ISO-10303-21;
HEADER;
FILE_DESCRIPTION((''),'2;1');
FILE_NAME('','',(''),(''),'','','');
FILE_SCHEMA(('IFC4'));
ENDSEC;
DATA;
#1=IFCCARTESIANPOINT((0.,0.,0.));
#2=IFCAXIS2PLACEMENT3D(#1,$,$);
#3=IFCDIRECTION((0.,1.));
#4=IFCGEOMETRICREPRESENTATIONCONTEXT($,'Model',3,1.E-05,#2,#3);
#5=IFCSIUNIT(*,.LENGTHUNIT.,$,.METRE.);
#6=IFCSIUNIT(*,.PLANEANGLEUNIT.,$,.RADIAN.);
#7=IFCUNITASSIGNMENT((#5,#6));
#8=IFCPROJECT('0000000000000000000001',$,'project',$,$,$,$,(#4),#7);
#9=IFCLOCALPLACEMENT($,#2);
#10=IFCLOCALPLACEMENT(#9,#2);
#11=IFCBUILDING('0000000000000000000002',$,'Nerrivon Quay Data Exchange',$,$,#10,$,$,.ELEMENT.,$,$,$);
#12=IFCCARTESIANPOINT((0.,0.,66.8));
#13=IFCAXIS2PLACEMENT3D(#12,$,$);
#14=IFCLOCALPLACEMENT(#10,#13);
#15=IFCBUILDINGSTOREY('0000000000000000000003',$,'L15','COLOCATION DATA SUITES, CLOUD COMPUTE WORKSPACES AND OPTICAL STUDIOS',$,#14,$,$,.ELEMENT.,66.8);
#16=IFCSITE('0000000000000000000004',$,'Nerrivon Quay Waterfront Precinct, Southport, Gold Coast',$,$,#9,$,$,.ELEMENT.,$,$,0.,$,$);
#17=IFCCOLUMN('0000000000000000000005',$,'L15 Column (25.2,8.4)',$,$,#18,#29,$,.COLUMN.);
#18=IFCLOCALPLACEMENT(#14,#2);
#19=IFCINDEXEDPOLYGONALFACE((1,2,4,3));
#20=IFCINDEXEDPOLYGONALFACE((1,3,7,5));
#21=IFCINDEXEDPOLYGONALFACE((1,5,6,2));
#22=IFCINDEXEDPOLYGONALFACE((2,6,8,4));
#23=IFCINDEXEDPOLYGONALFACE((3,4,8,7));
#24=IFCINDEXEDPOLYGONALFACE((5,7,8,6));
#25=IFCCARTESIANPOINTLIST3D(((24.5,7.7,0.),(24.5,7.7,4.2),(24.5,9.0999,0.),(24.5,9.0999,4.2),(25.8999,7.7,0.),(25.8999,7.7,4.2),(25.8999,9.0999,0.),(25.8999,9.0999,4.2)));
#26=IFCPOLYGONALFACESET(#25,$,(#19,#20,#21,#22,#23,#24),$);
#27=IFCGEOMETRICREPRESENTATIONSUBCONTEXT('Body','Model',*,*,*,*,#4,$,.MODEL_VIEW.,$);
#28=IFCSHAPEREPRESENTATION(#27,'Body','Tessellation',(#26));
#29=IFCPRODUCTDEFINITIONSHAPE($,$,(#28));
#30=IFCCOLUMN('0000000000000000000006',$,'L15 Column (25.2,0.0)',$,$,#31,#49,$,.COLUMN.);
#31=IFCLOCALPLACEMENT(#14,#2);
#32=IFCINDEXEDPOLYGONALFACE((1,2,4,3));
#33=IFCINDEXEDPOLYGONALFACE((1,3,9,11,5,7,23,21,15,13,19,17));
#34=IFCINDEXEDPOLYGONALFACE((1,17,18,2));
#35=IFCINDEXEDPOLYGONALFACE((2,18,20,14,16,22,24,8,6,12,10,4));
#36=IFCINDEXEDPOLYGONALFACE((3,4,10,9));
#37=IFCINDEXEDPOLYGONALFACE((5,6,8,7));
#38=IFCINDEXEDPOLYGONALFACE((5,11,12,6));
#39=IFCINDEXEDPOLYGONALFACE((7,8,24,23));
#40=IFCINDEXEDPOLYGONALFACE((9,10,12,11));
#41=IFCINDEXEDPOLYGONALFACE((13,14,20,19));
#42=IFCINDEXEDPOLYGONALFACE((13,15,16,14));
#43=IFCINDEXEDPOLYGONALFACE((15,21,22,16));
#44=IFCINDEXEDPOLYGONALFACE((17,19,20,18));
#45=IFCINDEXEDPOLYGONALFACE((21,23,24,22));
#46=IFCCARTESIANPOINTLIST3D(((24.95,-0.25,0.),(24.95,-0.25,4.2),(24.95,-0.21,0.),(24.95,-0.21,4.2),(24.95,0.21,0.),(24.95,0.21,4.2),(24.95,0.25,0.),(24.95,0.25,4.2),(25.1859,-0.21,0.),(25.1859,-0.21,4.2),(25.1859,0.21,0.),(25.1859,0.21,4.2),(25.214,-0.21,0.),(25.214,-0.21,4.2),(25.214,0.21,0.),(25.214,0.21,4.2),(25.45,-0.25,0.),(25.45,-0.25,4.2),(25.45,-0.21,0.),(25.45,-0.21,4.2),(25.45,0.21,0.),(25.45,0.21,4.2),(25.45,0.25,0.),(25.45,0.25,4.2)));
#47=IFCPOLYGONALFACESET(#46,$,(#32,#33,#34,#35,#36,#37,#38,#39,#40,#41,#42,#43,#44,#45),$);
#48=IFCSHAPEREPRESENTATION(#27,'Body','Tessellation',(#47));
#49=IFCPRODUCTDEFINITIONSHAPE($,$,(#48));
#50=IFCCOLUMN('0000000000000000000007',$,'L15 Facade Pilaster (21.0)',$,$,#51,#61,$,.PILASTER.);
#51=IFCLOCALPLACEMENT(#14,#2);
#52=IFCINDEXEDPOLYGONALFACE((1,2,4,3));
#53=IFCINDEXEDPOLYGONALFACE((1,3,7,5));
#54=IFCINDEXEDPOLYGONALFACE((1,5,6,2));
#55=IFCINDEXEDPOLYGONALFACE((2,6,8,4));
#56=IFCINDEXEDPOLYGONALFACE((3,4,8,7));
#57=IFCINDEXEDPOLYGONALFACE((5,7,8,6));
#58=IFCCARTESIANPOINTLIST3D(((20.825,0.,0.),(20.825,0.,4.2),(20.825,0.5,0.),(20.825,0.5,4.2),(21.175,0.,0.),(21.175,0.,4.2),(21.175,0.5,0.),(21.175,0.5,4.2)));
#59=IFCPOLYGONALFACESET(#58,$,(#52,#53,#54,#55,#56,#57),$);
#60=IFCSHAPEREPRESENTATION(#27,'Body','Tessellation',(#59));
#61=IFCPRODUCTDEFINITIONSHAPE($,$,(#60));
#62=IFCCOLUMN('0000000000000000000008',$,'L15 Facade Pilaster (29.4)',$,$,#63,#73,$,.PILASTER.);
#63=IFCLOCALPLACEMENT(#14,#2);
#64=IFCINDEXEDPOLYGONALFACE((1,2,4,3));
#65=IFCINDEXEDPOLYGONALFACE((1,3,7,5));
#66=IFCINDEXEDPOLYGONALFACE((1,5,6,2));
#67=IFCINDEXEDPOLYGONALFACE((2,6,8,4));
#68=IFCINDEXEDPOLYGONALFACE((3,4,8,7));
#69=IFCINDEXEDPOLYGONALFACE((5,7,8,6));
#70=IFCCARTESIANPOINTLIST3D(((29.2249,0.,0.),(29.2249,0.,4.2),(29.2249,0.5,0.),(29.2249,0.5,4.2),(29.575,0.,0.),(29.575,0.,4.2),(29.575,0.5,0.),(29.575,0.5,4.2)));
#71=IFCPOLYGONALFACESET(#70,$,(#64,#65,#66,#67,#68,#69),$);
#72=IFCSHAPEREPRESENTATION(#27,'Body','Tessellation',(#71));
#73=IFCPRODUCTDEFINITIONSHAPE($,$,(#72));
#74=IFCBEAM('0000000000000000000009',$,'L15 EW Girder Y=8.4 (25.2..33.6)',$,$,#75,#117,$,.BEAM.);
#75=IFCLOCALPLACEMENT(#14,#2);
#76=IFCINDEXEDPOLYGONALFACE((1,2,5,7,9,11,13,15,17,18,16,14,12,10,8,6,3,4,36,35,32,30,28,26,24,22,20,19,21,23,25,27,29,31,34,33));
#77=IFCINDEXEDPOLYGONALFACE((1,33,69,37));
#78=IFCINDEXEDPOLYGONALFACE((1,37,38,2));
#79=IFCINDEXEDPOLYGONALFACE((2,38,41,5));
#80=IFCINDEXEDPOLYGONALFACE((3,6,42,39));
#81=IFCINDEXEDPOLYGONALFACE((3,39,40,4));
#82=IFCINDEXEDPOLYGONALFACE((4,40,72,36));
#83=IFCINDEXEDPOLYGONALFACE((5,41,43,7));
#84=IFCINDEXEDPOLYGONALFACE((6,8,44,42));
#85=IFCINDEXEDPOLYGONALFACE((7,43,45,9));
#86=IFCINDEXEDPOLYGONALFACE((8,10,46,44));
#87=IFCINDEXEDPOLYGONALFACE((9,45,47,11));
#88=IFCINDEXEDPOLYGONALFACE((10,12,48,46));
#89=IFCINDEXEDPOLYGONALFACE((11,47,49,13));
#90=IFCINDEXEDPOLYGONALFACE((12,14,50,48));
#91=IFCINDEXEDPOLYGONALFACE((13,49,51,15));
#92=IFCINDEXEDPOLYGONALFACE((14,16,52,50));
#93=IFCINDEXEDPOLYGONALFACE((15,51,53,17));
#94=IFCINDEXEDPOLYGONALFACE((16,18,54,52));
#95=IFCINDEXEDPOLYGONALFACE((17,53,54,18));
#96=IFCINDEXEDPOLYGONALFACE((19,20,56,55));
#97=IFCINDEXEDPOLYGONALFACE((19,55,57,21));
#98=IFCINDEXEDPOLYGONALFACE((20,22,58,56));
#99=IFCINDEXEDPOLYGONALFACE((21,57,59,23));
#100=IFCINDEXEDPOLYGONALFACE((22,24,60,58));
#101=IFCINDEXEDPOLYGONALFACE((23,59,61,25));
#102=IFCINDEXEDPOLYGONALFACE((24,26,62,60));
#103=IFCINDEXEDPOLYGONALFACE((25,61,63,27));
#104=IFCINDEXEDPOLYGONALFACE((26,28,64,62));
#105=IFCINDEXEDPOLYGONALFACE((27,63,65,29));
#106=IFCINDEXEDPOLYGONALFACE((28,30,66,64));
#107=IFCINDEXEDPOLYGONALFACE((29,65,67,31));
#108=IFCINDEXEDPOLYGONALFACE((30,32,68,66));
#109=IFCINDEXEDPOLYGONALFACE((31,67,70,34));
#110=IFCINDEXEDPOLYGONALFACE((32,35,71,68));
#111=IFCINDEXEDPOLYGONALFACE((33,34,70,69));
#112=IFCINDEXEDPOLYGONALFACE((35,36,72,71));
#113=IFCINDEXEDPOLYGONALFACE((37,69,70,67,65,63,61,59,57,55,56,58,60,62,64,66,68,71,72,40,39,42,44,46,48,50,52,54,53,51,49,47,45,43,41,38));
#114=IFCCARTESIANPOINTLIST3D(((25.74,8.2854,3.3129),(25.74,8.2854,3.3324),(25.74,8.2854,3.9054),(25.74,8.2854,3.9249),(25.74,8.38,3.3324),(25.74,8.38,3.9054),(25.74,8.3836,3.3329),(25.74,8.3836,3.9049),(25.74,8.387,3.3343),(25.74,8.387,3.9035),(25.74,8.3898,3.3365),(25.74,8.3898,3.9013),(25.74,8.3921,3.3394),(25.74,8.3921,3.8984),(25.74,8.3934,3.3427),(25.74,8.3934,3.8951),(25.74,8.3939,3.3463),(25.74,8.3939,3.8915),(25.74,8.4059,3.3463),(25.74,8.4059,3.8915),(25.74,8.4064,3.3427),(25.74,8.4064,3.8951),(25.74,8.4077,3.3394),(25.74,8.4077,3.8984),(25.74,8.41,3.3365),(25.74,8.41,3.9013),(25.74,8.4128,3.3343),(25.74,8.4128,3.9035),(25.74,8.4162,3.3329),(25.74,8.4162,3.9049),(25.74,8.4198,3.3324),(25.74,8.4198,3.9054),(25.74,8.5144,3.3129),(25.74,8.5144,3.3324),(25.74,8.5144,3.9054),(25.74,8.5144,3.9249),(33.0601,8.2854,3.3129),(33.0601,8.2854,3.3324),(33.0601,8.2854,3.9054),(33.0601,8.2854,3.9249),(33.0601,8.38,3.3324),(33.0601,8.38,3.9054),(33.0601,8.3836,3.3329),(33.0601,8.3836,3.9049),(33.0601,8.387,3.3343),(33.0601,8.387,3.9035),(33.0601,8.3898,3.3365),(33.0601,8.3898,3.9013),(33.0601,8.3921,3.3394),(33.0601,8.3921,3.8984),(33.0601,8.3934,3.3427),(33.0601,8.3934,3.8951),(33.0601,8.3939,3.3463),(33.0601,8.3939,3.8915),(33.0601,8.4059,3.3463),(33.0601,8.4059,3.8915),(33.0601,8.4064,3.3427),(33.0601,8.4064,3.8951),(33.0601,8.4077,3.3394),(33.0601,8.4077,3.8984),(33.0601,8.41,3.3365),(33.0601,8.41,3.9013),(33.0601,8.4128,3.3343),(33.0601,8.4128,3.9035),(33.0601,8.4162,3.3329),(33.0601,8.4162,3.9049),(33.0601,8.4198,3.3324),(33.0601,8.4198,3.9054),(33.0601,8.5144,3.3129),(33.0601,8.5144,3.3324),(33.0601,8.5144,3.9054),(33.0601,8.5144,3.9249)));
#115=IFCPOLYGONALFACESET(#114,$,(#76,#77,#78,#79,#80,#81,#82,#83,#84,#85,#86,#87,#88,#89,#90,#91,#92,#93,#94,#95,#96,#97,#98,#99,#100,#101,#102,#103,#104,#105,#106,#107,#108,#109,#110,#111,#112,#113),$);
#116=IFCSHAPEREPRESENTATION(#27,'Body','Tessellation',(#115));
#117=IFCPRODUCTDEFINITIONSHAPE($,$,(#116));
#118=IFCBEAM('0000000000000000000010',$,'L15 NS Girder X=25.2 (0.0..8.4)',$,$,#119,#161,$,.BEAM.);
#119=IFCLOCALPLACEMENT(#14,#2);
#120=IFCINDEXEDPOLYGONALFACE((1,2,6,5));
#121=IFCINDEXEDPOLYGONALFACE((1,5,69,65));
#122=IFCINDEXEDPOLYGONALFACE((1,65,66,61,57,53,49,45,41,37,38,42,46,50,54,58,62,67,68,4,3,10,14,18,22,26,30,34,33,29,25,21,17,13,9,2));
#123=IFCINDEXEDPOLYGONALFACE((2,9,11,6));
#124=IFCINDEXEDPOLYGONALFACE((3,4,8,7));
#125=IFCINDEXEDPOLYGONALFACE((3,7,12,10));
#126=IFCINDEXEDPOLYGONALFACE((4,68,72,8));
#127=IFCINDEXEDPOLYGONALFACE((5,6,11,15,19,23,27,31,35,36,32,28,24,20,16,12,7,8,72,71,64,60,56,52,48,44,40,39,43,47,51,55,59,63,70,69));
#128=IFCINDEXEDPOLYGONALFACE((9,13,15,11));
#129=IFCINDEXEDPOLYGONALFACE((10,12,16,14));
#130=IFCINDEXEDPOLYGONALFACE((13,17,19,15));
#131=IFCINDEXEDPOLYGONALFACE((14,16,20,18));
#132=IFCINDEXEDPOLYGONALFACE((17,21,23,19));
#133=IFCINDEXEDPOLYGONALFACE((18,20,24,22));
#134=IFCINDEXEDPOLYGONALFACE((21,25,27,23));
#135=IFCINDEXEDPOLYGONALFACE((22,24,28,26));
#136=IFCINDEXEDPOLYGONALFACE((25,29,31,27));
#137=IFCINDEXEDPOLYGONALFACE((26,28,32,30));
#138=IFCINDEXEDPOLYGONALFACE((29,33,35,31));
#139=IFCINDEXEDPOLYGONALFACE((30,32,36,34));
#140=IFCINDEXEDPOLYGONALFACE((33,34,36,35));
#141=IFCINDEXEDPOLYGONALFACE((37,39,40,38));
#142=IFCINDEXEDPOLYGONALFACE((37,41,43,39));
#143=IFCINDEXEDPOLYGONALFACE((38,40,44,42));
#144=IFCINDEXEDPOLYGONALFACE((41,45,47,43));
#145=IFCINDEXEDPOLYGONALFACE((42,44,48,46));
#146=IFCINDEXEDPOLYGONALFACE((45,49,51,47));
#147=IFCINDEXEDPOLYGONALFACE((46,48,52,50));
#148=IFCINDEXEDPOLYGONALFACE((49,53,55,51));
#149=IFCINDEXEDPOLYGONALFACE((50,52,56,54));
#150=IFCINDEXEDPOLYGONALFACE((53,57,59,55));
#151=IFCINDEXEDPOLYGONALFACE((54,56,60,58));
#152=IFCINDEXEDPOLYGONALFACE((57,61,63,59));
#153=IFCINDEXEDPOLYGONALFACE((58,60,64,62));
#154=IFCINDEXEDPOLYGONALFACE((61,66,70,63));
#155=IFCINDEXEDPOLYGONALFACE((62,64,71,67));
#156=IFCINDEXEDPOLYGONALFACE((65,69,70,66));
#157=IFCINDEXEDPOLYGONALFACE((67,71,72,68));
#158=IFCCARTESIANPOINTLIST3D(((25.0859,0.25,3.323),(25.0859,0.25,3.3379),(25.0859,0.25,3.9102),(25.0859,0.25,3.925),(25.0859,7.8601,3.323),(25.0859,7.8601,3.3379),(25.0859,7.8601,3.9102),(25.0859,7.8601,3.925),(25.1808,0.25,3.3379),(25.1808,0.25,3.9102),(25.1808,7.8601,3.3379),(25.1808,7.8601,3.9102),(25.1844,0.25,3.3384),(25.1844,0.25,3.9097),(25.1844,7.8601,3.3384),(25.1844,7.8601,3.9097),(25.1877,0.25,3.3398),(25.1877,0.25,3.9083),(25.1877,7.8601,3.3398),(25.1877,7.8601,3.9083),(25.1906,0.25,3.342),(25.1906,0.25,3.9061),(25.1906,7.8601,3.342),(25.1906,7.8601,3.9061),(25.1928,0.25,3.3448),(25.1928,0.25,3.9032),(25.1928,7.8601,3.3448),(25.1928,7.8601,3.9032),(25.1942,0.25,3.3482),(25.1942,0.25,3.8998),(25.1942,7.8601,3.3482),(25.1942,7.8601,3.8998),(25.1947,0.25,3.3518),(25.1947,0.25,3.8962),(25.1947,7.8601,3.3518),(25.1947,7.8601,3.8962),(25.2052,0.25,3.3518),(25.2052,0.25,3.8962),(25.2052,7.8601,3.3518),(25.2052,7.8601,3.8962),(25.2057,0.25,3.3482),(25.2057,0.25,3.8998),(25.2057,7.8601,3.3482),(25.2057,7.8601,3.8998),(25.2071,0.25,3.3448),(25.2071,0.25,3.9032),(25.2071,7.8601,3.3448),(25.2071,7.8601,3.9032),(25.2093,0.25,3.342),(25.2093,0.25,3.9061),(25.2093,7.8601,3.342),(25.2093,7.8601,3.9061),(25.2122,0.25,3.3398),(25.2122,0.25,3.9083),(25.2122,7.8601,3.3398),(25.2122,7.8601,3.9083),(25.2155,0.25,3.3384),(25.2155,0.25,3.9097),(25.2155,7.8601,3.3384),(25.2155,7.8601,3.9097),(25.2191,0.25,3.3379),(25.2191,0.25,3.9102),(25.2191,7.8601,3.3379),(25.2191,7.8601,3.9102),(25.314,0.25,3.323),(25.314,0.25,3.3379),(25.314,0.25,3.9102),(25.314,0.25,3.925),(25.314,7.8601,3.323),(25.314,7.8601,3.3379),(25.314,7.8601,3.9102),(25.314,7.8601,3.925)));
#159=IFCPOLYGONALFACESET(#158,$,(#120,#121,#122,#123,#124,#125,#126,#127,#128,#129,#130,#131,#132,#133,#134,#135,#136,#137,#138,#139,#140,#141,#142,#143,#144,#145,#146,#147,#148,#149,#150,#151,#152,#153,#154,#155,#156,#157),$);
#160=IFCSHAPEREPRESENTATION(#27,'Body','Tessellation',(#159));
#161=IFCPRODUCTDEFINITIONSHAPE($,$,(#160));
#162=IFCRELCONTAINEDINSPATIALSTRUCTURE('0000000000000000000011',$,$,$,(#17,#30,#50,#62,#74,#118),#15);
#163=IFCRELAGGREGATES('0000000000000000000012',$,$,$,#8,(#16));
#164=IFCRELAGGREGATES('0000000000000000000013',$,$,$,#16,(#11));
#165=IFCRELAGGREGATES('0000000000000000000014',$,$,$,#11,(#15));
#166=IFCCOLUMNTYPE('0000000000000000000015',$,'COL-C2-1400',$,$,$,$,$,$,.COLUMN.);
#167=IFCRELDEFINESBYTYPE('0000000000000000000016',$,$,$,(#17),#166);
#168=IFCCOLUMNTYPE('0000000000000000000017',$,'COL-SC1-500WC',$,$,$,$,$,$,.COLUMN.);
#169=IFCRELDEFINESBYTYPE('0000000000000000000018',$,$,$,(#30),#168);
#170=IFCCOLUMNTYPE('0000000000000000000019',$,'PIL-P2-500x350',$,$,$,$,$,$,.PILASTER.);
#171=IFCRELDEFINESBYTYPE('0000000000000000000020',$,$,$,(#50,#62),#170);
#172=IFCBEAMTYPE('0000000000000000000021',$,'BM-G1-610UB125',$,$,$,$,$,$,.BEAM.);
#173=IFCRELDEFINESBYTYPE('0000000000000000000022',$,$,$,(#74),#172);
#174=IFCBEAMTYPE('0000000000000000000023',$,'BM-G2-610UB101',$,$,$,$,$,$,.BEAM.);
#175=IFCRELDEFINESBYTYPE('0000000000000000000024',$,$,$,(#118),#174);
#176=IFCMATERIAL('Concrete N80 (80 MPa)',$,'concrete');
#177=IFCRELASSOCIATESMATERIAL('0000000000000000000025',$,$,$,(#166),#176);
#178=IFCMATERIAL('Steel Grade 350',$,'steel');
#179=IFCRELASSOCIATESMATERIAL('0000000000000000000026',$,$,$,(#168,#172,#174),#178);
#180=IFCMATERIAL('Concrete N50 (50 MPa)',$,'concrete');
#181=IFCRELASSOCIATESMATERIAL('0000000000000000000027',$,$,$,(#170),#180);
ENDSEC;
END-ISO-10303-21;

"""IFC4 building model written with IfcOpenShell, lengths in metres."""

from ifc_helpers import new_model, si_unit, direction, frame, origin, origin_2d, place, context, subcontext, project, spatial, rectangle, i_section, extrude, material, material_profile, profile_set, type_object, element, save


model = new_model("IFC4")

# Units and contexts
model_context = context("Model", 3, precision=1e-05, world=origin(), true_north=direction((0.0, 1.0)))
body_context = subcontext(model_context, "Body", "Model", "MODEL_VIEW")
ifc_project = project(units=[si_unit("LENGTHUNIT", "METRE"), si_unit("PLANEANGLEUNIT", "RADIAN")], contexts=[model_context])

# Site, building, storey
site_placement = place(None, origin())
site = spatial("IfcSite", under=ifc_project, at=site_placement, Name="Nerrivon Quay Waterfront Precinct, Southport, Gold Coast", CompositionType="ELEMENT", RefElevation=0.0)
building_placement = place(site_placement, origin())
building = spatial("IfcBuilding", under=site, at=building_placement, Name="Nerrivon Quay Data Exchange", CompositionType="ELEMENT")
storey_placement = place(building_placement, frame((0.0, 0.0, 66.8)))
storey = spatial("IfcBuildingStorey", under=building, at=storey_placement, Name="L15", Description="COLOCATION DATA SUITES, CLOUD COMPUTE WORKSPACES AND OPTICAL STUDIOS", CompositionType="ELEMENT", Elevation=66.8)

# Columns
ifc_material_1 = material(Name="Concrete N80 (80 MPa)", Category="concrete")
ifc_material_profile_1 = material_profile(ifc_material_1, rectangle(XDim=1.3999, YDim=1.3999, at=origin_2d()), Name="RC-COL-1400x1400")
ifc_profile_set_1 = profile_set([ifc_material_profile_1], Name="Concrete N80 (80 MPa)")
column_type_1 = type_object("IfcColumnType", Name="COL-C2-1400", PredefinedType="COLUMN", material=ifc_profile_set_1)
column_1_placement = place(storey_placement, frame((25.2, 8.3999, 0.0), z_axis=(0.0, 0.0, 1.0), x_axis=(1.0, 0.0, 0.0)))
element("IfcColumn", 1, at=column_1_placement, inside=storey, type_object=column_type_1, Name="L15 Column (25.2,8.4)", PredefinedType="COLUMN", context=body_context, shape_type="SweptSolid", body=[
    extrude(rectangle(XDim=1.3999, YDim=1.3999, at=origin_2d()), origin(), (0.0, 0.0, 1.0), 4.2),
])
ifc_material_2 = material(Name="Steel Grade 350", Category="steel")
ifc_material_profile_2 = material_profile(ifc_material_2, i_section(OverallWidth=0.5, OverallDepth=0.5, WebThickness=0.0281, FlangeThickness=0.04, at=origin_2d()), Name="500WC440")
ifc_profile_set_2 = profile_set([ifc_material_profile_2], Name="Steel Grade 350")
column_type_2 = type_object("IfcColumnType", Name="COL-SC1-500WC", PredefinedType="COLUMN", material=ifc_profile_set_2)
column_2_placement = place(storey_placement, frame((25.2, 0.0, 0.0), z_axis=(0.0, 0.0, 1.0), x_axis=(1.0, 0.0, 0.0)))
element("IfcColumn", 2, at=column_2_placement, inside=storey, type_object=column_type_2, Name="L15 Column (25.2,0.0)", PredefinedType="COLUMN", context=body_context, shape_type="SweptSolid", body=[
    extrude(i_section(OverallWidth=0.5, OverallDepth=0.5, WebThickness=0.0281, FlangeThickness=0.04, at=origin_2d()), origin(), (0.0, 0.0, 1.0), 4.2),
])
ifc_material_3 = material(Name="Concrete N50 (50 MPa)", Category="concrete")
ifc_material_profile_3 = material_profile(ifc_material_3, rectangle(XDim=0.3501, YDim=0.5, at=origin_2d()), Name="RC-PIL-500x350")
ifc_profile_set_3 = profile_set([ifc_material_profile_3], Name="Concrete N50 (50 MPa)")
column_type_3 = type_object("IfcColumnType", Name="PIL-P2-500x350", PredefinedType="PILASTER", material=ifc_profile_set_3)
for number, where, z_axis, x_axis, name in (
    (3, (21.0, 0.25, 0.0), (0.0, 0.0, 1.0), (1.0, 0.0, 0.0), "L15 Facade Pilaster (21.0)"),
    (4, (29.3999, 0.25, 0.0), (0.0, 0.0, 1.0), (1.0, 0.0, 0.0), "L15 Facade Pilaster (29.4)"),
):
    element("IfcColumn", number, at=place(storey_placement, frame(where, z_axis=z_axis, x_axis=x_axis)), inside=storey, type_object=column_type_3, Name=name, PredefinedType="PILASTER", context=body_context, shape_type="SweptSolid", body=[
        extrude(rectangle(XDim=0.3501, YDim=0.5, at=origin_2d()), origin(), (0.0, 0.0, 1.0), 4.2),
    ])

# Beams
ifc_material_profile_4 = material_profile(ifc_material_2, i_section(OverallWidth=0.229, OverallDepth=0.6121, WebThickness=0.012, FlangeThickness=0.0195, FilletRadius=0.0139, at=origin_2d()), Name="610UB125")
ifc_profile_set_4 = profile_set([ifc_material_profile_4], Name="Steel Grade 350")
beam_type_1 = type_object("IfcBeamType", Name="BM-G1-610UB125", PredefinedType="BEAM", material=ifc_profile_set_4)
beam_1_placement = place(storey_placement, frame((25.74, 8.3999, 3.6189), z_axis=(1.0, 0.0, 0.0), x_axis=(0.0, 1.0, 0.0)))
element("IfcBeam", 5, at=beam_1_placement, inside=storey, type_object=beam_type_1, Name="L15 EW Girder Y=8.4 (25.2..33.6)", PredefinedType="BEAM", context=body_context, shape_type="SweptSolid", body=[
    extrude(i_section(OverallWidth=0.229, OverallDepth=0.6121, WebThickness=0.012, FlangeThickness=0.0195, FilletRadius=0.0139, at=origin_2d()), origin(), (0.0, 0.0, 1.0), 7.3201),
])
ifc_material_profile_5 = material_profile(ifc_material_2, i_section(OverallWidth=0.228, OverallDepth=0.6021, WebThickness=0.0105, FlangeThickness=0.0149, FilletRadius=0.0139, at=origin_2d()), Name="610UB101")
ifc_profile_set_5 = profile_set([ifc_material_profile_5], Name="Steel Grade 350")
beam_type_2 = type_object("IfcBeamType", Name="BM-G2-610UB101", PredefinedType="BEAM", material=ifc_profile_set_5)
beam_2_placement = place(storey_placement, frame((25.2, 0.25, 3.624), z_axis=(0.0, 1.0, 0.0), x_axis=(-1.0, 0.0, 0.0)))
element("IfcBeam", 6, at=beam_2_placement, inside=storey, type_object=beam_type_2, Name="L15 NS Girder X=25.2 (0.0..8.4)", PredefinedType="BEAM", context=body_context, shape_type="SweptSolid", body=[
    extrude(i_section(OverallWidth=0.228, OverallDepth=0.6021, WebThickness=0.0105, FlangeThickness=0.0149, FilletRadius=0.0139, at=origin_2d()), origin(), (0.0, 0.0, 1.0), 7.6101),
])

save(model, "model.ifc")
